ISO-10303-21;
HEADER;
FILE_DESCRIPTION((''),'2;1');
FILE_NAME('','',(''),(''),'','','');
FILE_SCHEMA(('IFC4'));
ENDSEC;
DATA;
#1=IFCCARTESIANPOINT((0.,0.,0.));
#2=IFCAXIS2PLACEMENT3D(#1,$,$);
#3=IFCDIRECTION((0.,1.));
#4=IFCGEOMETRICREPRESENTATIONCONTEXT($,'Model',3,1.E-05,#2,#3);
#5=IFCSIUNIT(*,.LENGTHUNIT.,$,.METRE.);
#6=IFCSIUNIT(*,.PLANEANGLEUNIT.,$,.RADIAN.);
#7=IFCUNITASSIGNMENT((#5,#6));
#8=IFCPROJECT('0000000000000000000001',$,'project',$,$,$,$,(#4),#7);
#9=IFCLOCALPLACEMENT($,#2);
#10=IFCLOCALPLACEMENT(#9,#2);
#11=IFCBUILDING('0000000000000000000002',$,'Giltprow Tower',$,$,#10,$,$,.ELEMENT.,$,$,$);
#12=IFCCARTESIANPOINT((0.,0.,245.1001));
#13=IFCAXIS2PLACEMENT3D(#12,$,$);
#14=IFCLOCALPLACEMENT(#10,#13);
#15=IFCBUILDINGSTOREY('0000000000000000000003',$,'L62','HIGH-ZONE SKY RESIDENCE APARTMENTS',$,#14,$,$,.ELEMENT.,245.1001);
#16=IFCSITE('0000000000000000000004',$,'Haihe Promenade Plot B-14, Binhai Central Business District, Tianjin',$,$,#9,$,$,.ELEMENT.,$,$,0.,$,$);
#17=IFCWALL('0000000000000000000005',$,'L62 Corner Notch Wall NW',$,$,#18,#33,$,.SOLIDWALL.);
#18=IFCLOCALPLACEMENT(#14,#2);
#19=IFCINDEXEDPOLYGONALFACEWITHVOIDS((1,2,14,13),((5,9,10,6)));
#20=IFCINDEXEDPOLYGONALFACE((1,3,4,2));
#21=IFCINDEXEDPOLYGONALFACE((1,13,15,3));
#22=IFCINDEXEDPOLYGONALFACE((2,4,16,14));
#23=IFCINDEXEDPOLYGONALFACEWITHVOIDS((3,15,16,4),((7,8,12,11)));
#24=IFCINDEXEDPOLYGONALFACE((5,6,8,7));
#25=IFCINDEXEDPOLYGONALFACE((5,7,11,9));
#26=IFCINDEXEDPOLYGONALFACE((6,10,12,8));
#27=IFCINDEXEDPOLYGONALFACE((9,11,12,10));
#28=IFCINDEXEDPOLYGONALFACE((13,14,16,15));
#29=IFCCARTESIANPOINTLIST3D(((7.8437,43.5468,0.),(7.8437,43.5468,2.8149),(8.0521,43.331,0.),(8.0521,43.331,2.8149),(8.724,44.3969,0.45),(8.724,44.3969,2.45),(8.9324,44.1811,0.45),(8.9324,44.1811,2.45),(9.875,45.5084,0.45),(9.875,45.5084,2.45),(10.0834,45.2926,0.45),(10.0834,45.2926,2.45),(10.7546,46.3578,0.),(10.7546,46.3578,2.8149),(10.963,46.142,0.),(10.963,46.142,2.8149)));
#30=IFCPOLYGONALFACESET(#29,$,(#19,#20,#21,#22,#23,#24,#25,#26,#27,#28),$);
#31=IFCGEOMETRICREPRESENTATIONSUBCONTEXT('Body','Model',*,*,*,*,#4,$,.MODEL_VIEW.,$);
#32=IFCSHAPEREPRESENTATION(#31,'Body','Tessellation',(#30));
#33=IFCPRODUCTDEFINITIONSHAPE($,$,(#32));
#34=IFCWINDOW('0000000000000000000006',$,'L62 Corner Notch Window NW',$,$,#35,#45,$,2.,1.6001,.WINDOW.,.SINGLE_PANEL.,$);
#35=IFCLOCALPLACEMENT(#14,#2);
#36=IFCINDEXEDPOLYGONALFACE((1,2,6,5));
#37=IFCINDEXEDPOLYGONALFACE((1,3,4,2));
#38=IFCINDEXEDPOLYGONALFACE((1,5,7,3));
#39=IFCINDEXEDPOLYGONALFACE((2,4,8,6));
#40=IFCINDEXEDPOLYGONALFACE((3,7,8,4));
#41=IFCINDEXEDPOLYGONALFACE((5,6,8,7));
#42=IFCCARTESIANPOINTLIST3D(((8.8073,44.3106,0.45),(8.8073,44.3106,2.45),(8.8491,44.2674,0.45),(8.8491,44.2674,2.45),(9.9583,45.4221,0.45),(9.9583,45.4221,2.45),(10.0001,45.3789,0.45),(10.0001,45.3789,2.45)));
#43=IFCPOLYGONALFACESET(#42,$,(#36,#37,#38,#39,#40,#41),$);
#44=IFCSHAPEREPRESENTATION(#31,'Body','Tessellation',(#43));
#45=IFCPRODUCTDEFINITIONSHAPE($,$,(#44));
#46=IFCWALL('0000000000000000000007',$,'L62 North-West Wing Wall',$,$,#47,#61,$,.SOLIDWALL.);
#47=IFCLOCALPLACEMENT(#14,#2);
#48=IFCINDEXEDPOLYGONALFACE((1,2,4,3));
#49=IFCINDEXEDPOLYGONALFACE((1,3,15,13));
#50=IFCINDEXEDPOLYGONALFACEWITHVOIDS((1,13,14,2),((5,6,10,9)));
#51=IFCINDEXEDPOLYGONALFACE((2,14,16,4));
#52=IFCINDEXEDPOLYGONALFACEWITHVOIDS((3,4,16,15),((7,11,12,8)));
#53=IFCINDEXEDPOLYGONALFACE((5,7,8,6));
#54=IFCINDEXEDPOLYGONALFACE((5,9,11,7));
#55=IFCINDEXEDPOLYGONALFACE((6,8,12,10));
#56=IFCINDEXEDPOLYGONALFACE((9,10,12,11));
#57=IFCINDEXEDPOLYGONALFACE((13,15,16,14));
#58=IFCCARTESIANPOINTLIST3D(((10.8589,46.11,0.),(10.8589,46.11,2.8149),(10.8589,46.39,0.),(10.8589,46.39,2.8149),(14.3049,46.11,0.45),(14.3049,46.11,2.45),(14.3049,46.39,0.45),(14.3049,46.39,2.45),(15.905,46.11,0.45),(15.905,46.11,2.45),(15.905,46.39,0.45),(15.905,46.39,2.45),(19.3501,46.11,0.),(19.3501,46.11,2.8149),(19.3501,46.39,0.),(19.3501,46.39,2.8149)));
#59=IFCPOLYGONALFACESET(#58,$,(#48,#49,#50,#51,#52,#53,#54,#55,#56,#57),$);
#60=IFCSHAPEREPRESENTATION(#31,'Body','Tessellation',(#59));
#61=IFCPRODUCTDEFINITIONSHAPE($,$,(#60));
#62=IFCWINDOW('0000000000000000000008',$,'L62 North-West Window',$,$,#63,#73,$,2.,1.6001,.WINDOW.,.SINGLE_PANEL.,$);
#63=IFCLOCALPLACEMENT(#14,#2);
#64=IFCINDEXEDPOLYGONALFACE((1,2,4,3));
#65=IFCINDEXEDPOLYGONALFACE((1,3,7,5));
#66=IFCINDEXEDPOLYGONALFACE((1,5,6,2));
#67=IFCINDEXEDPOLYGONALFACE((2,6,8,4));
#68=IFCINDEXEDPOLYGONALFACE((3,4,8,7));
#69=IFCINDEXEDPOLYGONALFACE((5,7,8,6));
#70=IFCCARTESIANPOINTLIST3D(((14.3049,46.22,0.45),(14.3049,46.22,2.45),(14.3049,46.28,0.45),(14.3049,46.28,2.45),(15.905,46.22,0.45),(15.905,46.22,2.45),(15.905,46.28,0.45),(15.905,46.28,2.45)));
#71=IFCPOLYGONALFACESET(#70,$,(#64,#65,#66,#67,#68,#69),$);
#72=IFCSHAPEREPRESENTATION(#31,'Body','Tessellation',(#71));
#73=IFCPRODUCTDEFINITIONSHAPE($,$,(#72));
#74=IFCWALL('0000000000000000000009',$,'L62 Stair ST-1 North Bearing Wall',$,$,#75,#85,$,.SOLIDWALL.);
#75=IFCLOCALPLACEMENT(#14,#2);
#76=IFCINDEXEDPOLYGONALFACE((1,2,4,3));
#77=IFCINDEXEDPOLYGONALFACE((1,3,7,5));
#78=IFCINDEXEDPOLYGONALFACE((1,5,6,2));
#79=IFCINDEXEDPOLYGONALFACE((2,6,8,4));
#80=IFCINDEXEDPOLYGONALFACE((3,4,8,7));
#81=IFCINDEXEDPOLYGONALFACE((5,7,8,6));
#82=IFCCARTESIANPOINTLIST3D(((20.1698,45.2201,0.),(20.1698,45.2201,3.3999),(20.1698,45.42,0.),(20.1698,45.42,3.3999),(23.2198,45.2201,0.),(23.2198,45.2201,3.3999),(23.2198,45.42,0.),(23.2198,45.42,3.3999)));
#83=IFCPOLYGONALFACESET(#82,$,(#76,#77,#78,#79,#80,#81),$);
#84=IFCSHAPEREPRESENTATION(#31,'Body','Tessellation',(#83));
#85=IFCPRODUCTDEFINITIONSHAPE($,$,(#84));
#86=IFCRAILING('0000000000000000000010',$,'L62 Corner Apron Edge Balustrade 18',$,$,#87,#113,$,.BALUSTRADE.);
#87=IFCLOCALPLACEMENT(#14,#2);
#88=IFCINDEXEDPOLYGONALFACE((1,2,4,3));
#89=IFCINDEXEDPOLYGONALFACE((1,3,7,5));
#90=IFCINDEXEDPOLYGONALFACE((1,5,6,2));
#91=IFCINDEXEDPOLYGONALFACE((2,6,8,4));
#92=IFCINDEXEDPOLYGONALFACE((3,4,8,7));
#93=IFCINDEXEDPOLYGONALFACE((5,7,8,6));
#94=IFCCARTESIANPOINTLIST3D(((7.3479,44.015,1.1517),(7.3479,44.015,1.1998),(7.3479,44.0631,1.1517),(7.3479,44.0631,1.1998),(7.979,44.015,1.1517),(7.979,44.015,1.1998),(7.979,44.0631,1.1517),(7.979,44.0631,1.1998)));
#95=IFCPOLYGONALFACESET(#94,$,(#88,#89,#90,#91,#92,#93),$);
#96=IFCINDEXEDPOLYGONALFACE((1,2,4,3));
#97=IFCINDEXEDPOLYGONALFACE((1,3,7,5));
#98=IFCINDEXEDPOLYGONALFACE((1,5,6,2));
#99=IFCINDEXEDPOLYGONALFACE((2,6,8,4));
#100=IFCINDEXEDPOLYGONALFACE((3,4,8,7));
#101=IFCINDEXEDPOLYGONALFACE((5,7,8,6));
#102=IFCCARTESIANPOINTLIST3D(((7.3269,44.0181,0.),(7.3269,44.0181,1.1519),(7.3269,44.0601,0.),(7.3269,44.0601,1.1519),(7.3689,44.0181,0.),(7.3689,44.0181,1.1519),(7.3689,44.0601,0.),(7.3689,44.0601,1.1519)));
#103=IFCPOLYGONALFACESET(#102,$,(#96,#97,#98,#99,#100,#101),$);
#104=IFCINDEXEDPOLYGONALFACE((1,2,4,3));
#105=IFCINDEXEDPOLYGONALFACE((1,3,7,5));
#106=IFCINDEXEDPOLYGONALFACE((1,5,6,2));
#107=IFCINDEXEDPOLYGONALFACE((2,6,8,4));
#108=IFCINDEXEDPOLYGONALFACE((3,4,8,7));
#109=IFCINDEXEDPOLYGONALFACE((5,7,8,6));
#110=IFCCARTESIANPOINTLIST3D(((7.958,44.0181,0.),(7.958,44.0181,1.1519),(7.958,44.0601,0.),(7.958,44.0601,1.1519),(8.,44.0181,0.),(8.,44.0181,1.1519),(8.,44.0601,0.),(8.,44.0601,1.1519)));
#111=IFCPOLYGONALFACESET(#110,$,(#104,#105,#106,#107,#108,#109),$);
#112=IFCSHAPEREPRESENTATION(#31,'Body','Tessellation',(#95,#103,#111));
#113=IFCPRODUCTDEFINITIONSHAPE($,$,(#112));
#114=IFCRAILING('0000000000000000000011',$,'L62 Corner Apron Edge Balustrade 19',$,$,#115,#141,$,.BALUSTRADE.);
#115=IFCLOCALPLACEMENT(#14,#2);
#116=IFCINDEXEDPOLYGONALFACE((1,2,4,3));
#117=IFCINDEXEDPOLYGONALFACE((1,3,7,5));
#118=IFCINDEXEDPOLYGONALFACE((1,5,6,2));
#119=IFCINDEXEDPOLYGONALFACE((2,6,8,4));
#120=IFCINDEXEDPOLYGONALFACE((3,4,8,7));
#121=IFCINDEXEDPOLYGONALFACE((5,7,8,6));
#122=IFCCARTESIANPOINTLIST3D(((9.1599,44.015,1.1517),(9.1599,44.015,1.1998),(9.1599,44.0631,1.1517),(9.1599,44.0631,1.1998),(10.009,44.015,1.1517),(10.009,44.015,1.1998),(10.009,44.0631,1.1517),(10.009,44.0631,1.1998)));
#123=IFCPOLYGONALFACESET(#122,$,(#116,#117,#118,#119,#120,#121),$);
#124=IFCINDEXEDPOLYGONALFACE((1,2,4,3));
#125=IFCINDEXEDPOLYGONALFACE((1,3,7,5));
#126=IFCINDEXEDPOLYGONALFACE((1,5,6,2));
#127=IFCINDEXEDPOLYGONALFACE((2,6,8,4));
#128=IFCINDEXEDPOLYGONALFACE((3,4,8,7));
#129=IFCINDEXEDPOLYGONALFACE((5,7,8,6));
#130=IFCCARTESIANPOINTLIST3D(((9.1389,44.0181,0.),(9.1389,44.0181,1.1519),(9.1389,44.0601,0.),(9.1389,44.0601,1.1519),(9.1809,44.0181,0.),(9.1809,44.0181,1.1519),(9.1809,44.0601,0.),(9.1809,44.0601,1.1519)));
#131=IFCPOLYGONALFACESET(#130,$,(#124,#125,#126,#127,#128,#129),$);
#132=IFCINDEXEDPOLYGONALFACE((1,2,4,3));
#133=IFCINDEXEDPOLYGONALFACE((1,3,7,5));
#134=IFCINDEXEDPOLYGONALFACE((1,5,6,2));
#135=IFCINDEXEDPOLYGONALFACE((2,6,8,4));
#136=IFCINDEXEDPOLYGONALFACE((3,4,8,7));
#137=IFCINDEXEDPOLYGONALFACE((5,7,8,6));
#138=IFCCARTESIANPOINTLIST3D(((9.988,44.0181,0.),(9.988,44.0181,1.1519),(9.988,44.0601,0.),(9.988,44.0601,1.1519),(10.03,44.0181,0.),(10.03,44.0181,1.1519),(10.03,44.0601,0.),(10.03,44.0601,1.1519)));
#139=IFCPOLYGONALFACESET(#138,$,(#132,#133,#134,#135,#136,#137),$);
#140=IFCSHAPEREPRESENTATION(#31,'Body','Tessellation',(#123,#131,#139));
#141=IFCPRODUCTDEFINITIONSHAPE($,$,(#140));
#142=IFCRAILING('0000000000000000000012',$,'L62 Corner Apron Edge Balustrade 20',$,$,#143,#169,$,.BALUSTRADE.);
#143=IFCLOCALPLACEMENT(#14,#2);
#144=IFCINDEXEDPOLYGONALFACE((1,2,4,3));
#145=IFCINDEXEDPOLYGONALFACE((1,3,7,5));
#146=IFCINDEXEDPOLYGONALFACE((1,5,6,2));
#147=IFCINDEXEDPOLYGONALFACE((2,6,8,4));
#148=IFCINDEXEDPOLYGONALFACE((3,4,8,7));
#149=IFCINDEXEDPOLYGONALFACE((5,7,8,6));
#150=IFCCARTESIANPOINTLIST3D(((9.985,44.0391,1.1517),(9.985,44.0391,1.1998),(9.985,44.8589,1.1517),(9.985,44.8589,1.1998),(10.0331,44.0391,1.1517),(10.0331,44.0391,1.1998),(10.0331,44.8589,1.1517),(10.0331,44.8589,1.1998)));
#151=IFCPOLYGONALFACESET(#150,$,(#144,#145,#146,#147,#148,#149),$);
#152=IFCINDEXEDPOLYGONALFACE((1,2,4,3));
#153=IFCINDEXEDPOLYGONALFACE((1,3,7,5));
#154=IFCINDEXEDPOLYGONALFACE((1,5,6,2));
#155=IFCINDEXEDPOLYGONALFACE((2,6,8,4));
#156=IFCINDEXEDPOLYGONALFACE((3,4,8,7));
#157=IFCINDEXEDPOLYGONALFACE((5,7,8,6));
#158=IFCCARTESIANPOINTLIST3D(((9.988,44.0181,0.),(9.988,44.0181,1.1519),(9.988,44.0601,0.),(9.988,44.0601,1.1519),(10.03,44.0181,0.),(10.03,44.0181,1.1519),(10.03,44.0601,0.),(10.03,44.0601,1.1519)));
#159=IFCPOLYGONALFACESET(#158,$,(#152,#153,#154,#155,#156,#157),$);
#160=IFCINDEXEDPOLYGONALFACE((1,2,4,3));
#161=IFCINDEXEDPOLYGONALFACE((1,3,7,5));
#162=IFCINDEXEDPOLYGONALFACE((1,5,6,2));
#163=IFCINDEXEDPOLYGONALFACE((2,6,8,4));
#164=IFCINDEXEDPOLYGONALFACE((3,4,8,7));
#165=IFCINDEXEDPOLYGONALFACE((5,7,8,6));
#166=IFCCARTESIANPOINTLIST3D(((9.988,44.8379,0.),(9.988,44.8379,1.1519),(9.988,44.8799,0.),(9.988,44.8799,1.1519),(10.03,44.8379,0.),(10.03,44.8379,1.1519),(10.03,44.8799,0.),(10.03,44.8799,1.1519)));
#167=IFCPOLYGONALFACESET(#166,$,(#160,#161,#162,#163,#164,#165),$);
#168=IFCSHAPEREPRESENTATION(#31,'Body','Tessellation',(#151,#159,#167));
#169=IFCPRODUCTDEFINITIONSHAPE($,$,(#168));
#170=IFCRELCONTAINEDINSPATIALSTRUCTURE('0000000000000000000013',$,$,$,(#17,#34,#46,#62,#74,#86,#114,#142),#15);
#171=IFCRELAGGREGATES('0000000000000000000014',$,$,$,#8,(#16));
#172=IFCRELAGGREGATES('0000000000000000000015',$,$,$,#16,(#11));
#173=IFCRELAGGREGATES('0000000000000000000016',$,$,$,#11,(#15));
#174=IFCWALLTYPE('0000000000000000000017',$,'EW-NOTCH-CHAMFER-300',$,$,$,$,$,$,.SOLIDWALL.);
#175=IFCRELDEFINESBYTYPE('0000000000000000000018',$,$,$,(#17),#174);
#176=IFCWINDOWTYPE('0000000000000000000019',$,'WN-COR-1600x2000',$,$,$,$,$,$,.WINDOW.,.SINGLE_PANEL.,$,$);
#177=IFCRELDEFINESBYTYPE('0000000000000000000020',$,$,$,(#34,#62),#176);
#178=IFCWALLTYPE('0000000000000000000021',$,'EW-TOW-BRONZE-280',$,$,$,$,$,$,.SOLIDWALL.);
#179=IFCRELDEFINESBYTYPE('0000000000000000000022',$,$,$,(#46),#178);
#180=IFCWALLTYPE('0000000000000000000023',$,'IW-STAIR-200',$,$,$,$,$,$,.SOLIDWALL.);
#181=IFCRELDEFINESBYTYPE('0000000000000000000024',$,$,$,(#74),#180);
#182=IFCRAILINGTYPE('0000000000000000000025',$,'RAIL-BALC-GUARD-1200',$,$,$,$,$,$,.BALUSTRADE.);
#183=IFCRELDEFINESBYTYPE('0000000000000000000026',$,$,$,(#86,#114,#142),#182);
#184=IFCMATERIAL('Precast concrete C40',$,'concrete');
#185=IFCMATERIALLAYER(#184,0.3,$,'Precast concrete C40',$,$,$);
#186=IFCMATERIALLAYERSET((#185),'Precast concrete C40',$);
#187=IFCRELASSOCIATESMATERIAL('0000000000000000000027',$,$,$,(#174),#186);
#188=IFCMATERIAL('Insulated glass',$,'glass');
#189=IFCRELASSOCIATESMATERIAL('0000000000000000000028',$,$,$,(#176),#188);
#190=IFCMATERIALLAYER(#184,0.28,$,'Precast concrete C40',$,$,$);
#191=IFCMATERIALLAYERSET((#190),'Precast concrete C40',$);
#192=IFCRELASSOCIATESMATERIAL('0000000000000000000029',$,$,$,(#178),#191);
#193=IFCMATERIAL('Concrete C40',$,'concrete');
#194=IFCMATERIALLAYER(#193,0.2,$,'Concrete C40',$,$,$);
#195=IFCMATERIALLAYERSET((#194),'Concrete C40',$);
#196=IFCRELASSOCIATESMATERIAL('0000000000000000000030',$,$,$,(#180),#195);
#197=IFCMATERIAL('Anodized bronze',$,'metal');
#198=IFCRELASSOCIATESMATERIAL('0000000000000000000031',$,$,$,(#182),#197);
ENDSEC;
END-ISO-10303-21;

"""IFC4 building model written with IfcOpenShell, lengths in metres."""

from ifc_helpers import new_model, si_unit, direction, frame, frame_2d, origin, origin_2d, place, context, subcontext, project, spatial, rectangle, extrude, source, transform, mapped, material, layer, layer_set, type_object, element, fill, save


model = new_model("IFC4")

# Units and contexts
model_context = context("Model", 3, precision=1e-05, world=origin(), true_north=direction((0.0, 1.0)))
body_context = subcontext(model_context, "Body", "Model", "MODEL_VIEW")
ifc_project = project(units=[si_unit("LENGTHUNIT", "METRE"), si_unit("PLANEANGLEUNIT", "RADIAN")], contexts=[model_context])

# Site, building, storey
site_placement = place(None, origin())
site = spatial("IfcSite", under=ifc_project, at=site_placement, Name="Haihe Promenade Plot B-14, Binhai Central Business District, Tianjin", CompositionType="ELEMENT", RefElevation=0.0)
building_placement = place(site_placement, origin())
building = spatial("IfcBuilding", under=site, at=building_placement, Name="Giltprow Tower", CompositionType="ELEMENT")
storey_placement = place(building_placement, frame((0.0, 0.0, 245.1001)))
storey = spatial("IfcBuildingStorey", under=building, at=storey_placement, Name="L62", Description="HIGH-ZONE SKY RESIDENCE APARTMENTS", CompositionType="ELEMENT", Elevation=245.1001)

# Walls, openings, windows
ifc_material_1 = material(Name="Precast concrete C40", Category="concrete")
ifc_layer_1 = layer(ifc_material_1, 0.3, Name="Precast concrete C40")
ifc_layer_set_1 = layer_set([ifc_layer_1], Name="Precast concrete C40")
wall_type_1 = type_object("IfcWallType", Name="EW-NOTCH-CHAMFER-300", PredefinedType="SOLIDWALL", material=ifc_layer_set_1)
wall_1_placement = place(storey_placement, frame((10.8589, 46.25, 0.0), z_axis=(0.0, 0.0, 1.0), x_axis=(-0.719337, -0.694661, 0.0)))
wall_1 = element("IfcWall", 1, at=wall_1_placement, inside=storey, type_object=wall_type_1, Name="L62 Corner Notch Wall NW", PredefinedType="SOLIDWALL", context=body_context, shape_type="SweptSolid", body=[
    extrude(rectangle(XDim=4.0466, YDim=0.3, at=frame_2d((2.0234, 0.0))), origin(), (0.0, 0.0, 1.0), 2.8149),
])
opening_1_placement = place(wall_1_placement, frame((1.2229, 0.0, 0.45)))
opening_1 = element("IfcOpeningElement", 2, at=opening_1_placement, cuts=wall_1, PredefinedType="OPENING", context=body_context, shape_type="SweptSolid", body=[
    extrude(rectangle(XDim=1.6001, YDim=2.0, at=frame_2d((0.8, 1.0))), frame((0.0, 0.1599, 0.0), z_axis=(0.0, -1.0, 0.0), x_axis=(1.0, 0.0, 0.0)), (0.0, 0.0, 1.0), 0.3201),
])
ifc_material_2 = material(Name="Insulated glass", Category="glass")
window_type = type_object("IfcWindowType", Name="WN-COR-1600x2000", PartitioningType="SINGLE_PANEL", PredefinedType="WINDOW", material=ifc_material_2)
shared_shape_1 = source(origin(), body_context, "Body", "SweptSolid", [
    extrude(rectangle(XDim=1.6001, YDim=2.0, at=frame_2d((0.8, 1.0))), frame((0.0, 0.03, 0.0), z_axis=(0.0, -1.0, 0.0), x_axis=(1.0, 0.0, 0.0)), (0.0, 0.0, 1.0), 0.0601),
])
window_1_placement = place(opening_1_placement, origin())
window_1 = element("IfcWindow", 3, at=window_1_placement, inside=storey, type_object=window_type, Name="L62 Corner Notch Window NW", OverallHeight=2.0, OverallWidth=1.6001, PartitioningType="SINGLE_PANEL", PredefinedType="WINDOW", context=body_context, shape_type="MappedRepresentation", body=[
    mapped(shared_shape_1, transform((0.0, 0.0, 0.0), x_axis=(1.0, 0.0, 0.0), y_axis=(0.0, 1.0, 0.0), z_axis=(0.0, 0.0, 1.0), scale=1.0)),
])
fill(opening_1, window_1)
ifc_layer_2 = layer(ifc_material_1, 0.28, Name="Precast concrete C40")
ifc_layer_set_2 = layer_set([ifc_layer_2], Name="Precast concrete C40")
wall_type_2 = type_object("IfcWallType", Name="EW-TOW-BRONZE-280", PredefinedType="SOLIDWALL", material=ifc_layer_set_2)
wall_2_placement = place(storey_placement, frame((10.8589, 46.25, 0.0), z_axis=(0.0, 0.0, 1.0), x_axis=(1.0, 0.0, 0.0)))
wall_2 = element("IfcWall", 4, at=wall_2_placement, inside=storey, type_object=wall_type_2, Name="L62 North-West Wing Wall", PredefinedType="SOLIDWALL", context=body_context, shape_type="SweptSolid", body=[
    extrude(rectangle(XDim=8.4912, YDim=0.28, at=frame_2d((4.2456, 0.0))), origin(), (0.0, 0.0, 1.0), 2.8149),
])
opening_2_placement = place(wall_2_placement, frame((3.446, 0.0, 0.45)))
opening_2 = element("IfcOpeningElement", 5, at=opening_2_placement, cuts=wall_2, PredefinedType="OPENING", context=body_context, shape_type="SweptSolid", body=[
    extrude(rectangle(XDim=1.6001, YDim=2.0, at=frame_2d((0.8, 1.0))), frame((0.0, 0.1499, 0.0), z_axis=(0.0, -1.0, 0.0), x_axis=(1.0, 0.0, 0.0)), (0.0, 0.0, 1.0), 0.3),
])
window_2_placement = place(opening_2_placement, origin())
window_2 = element("IfcWindow", 6, at=window_2_placement, inside=storey, type_object=window_type, Name="L62 North-West Window", OverallHeight=2.0, OverallWidth=1.6001, PartitioningType="SINGLE_PANEL", PredefinedType="WINDOW", context=body_context, shape_type="MappedRepresentation", body=[
    mapped(shared_shape_1, transform((0.0, 0.0, 0.0), x_axis=(1.0, 0.0, 0.0), y_axis=(0.0, 1.0, 0.0), z_axis=(0.0, 0.0, 1.0), scale=1.0)),
])
fill(opening_2, window_2)

# Wall
ifc_material_3 = material(Name="Concrete C40", Category="concrete")
ifc_layer_3 = layer(ifc_material_3, 0.2, Name="Concrete C40")
ifc_layer_set_3 = layer_set([ifc_layer_3], Name="Concrete C40")
wall_type_3 = type_object("IfcWallType", Name="IW-STAIR-200", PredefinedType="SOLIDWALL", material=ifc_layer_set_3)
wall_3_placement = place(storey_placement, frame((20.1699, 45.3201, 0.0), z_axis=(0.0, 0.0, 1.0), x_axis=(1.0, 0.0, 0.0)))
element("IfcWall", 7, at=wall_3_placement, inside=storey, type_object=wall_type_3, Name="L62 Stair ST-1 North Bearing Wall", PredefinedType="SOLIDWALL", context=body_context, shape_type="SweptSolid", body=[
    extrude(rectangle(XDim=3.05, YDim=0.2, at=frame_2d((1.5249, 0.0))), origin(), (0.0, 0.0, 1.0), 3.3999),
])

# Railings
ifc_material_4 = material(Name="Anodized bronze", Category="metal")
railing_type_1 = type_object("IfcRailingType", Name="RAIL-BALC-GUARD-1200", PredefinedType="BALUSTRADE", material=ifc_material_4)
railing_1_placement = place(storey_placement, frame((7.3479, 44.0391, 0.0)))
element("IfcRailing", 8, at=railing_1_placement, inside=storey, type_object=railing_type_1, Name="L62 Corner Apron Edge Balustrade 18", PredefinedType="BALUSTRADE", context=body_context, shape_type="SweptSolid", body=[
    extrude(rectangle(XDim=0.0481, YDim=0.0481, at=origin_2d()), frame((0.0, 0.0, 1.1758), z_axis=(1.0, 0.0, 0.0), x_axis=(0.0, 1.0, 0.0)), (0.0, 0.0, 1.0), 0.6311),
    extrude(rectangle(XDim=0.042, YDim=0.042, at=origin_2d()), origin(), (0.0, 0.0, 1.0), 1.1519),
    extrude(rectangle(XDim=0.042, YDim=0.042, at=origin_2d()), frame((0.6311, 0.0, 0.0)), (0.0, 0.0, 1.0), 1.1519),
])
railing_2_placement = place(storey_placement, frame((9.1599, 44.0391, 0.0)))
element("IfcRailing", 9, at=railing_2_placement, inside=storey, type_object=railing_type_1, Name="L62 Corner Apron Edge Balustrade 19", PredefinedType="BALUSTRADE", context=body_context, shape_type="SweptSolid", body=[
    extrude(rectangle(XDim=0.0481, YDim=0.0481, at=origin_2d()), frame((0.0, 0.0, 1.1758), z_axis=(1.0, 0.0, 0.0), x_axis=(0.0, 1.0, 0.0)), (0.0, 0.0, 1.0), 0.8491),
    extrude(rectangle(XDim=0.042, YDim=0.042, at=origin_2d()), origin(), (0.0, 0.0, 1.0), 1.1519),
    extrude(rectangle(XDim=0.042, YDim=0.042, at=origin_2d()), frame((0.8491, 0.0, 0.0)), (0.0, 0.0, 1.0), 1.1519),
])
railing_3_placement = place(storey_placement, frame((10.009, 44.0391, 0.0)))
element("IfcRailing", 10, at=railing_3_placement, inside=storey, type_object=railing_type_1, Name="L62 Corner Apron Edge Balustrade 20", PredefinedType="BALUSTRADE", context=body_context, shape_type="SweptSolid", body=[
    extrude(rectangle(XDim=0.0481, YDim=0.0481, at=origin_2d()), frame((0.0, 0.0, 1.1758), z_axis=(0.0, 1.0, 0.0), x_axis=(-1.0, 0.0, 0.0)), (0.0, 0.0, 1.0), 0.8198),
    extrude(rectangle(XDim=0.042, YDim=0.042, at=origin_2d()), origin(), (0.0, 0.0, 1.0), 1.1519),
    extrude(rectangle(XDim=0.042, YDim=0.042, at=origin_2d()), frame((0.0, 0.8198, 0.0)), (0.0, 0.0, 1.0), 1.1519),
])

save(model, "model.ifc")
